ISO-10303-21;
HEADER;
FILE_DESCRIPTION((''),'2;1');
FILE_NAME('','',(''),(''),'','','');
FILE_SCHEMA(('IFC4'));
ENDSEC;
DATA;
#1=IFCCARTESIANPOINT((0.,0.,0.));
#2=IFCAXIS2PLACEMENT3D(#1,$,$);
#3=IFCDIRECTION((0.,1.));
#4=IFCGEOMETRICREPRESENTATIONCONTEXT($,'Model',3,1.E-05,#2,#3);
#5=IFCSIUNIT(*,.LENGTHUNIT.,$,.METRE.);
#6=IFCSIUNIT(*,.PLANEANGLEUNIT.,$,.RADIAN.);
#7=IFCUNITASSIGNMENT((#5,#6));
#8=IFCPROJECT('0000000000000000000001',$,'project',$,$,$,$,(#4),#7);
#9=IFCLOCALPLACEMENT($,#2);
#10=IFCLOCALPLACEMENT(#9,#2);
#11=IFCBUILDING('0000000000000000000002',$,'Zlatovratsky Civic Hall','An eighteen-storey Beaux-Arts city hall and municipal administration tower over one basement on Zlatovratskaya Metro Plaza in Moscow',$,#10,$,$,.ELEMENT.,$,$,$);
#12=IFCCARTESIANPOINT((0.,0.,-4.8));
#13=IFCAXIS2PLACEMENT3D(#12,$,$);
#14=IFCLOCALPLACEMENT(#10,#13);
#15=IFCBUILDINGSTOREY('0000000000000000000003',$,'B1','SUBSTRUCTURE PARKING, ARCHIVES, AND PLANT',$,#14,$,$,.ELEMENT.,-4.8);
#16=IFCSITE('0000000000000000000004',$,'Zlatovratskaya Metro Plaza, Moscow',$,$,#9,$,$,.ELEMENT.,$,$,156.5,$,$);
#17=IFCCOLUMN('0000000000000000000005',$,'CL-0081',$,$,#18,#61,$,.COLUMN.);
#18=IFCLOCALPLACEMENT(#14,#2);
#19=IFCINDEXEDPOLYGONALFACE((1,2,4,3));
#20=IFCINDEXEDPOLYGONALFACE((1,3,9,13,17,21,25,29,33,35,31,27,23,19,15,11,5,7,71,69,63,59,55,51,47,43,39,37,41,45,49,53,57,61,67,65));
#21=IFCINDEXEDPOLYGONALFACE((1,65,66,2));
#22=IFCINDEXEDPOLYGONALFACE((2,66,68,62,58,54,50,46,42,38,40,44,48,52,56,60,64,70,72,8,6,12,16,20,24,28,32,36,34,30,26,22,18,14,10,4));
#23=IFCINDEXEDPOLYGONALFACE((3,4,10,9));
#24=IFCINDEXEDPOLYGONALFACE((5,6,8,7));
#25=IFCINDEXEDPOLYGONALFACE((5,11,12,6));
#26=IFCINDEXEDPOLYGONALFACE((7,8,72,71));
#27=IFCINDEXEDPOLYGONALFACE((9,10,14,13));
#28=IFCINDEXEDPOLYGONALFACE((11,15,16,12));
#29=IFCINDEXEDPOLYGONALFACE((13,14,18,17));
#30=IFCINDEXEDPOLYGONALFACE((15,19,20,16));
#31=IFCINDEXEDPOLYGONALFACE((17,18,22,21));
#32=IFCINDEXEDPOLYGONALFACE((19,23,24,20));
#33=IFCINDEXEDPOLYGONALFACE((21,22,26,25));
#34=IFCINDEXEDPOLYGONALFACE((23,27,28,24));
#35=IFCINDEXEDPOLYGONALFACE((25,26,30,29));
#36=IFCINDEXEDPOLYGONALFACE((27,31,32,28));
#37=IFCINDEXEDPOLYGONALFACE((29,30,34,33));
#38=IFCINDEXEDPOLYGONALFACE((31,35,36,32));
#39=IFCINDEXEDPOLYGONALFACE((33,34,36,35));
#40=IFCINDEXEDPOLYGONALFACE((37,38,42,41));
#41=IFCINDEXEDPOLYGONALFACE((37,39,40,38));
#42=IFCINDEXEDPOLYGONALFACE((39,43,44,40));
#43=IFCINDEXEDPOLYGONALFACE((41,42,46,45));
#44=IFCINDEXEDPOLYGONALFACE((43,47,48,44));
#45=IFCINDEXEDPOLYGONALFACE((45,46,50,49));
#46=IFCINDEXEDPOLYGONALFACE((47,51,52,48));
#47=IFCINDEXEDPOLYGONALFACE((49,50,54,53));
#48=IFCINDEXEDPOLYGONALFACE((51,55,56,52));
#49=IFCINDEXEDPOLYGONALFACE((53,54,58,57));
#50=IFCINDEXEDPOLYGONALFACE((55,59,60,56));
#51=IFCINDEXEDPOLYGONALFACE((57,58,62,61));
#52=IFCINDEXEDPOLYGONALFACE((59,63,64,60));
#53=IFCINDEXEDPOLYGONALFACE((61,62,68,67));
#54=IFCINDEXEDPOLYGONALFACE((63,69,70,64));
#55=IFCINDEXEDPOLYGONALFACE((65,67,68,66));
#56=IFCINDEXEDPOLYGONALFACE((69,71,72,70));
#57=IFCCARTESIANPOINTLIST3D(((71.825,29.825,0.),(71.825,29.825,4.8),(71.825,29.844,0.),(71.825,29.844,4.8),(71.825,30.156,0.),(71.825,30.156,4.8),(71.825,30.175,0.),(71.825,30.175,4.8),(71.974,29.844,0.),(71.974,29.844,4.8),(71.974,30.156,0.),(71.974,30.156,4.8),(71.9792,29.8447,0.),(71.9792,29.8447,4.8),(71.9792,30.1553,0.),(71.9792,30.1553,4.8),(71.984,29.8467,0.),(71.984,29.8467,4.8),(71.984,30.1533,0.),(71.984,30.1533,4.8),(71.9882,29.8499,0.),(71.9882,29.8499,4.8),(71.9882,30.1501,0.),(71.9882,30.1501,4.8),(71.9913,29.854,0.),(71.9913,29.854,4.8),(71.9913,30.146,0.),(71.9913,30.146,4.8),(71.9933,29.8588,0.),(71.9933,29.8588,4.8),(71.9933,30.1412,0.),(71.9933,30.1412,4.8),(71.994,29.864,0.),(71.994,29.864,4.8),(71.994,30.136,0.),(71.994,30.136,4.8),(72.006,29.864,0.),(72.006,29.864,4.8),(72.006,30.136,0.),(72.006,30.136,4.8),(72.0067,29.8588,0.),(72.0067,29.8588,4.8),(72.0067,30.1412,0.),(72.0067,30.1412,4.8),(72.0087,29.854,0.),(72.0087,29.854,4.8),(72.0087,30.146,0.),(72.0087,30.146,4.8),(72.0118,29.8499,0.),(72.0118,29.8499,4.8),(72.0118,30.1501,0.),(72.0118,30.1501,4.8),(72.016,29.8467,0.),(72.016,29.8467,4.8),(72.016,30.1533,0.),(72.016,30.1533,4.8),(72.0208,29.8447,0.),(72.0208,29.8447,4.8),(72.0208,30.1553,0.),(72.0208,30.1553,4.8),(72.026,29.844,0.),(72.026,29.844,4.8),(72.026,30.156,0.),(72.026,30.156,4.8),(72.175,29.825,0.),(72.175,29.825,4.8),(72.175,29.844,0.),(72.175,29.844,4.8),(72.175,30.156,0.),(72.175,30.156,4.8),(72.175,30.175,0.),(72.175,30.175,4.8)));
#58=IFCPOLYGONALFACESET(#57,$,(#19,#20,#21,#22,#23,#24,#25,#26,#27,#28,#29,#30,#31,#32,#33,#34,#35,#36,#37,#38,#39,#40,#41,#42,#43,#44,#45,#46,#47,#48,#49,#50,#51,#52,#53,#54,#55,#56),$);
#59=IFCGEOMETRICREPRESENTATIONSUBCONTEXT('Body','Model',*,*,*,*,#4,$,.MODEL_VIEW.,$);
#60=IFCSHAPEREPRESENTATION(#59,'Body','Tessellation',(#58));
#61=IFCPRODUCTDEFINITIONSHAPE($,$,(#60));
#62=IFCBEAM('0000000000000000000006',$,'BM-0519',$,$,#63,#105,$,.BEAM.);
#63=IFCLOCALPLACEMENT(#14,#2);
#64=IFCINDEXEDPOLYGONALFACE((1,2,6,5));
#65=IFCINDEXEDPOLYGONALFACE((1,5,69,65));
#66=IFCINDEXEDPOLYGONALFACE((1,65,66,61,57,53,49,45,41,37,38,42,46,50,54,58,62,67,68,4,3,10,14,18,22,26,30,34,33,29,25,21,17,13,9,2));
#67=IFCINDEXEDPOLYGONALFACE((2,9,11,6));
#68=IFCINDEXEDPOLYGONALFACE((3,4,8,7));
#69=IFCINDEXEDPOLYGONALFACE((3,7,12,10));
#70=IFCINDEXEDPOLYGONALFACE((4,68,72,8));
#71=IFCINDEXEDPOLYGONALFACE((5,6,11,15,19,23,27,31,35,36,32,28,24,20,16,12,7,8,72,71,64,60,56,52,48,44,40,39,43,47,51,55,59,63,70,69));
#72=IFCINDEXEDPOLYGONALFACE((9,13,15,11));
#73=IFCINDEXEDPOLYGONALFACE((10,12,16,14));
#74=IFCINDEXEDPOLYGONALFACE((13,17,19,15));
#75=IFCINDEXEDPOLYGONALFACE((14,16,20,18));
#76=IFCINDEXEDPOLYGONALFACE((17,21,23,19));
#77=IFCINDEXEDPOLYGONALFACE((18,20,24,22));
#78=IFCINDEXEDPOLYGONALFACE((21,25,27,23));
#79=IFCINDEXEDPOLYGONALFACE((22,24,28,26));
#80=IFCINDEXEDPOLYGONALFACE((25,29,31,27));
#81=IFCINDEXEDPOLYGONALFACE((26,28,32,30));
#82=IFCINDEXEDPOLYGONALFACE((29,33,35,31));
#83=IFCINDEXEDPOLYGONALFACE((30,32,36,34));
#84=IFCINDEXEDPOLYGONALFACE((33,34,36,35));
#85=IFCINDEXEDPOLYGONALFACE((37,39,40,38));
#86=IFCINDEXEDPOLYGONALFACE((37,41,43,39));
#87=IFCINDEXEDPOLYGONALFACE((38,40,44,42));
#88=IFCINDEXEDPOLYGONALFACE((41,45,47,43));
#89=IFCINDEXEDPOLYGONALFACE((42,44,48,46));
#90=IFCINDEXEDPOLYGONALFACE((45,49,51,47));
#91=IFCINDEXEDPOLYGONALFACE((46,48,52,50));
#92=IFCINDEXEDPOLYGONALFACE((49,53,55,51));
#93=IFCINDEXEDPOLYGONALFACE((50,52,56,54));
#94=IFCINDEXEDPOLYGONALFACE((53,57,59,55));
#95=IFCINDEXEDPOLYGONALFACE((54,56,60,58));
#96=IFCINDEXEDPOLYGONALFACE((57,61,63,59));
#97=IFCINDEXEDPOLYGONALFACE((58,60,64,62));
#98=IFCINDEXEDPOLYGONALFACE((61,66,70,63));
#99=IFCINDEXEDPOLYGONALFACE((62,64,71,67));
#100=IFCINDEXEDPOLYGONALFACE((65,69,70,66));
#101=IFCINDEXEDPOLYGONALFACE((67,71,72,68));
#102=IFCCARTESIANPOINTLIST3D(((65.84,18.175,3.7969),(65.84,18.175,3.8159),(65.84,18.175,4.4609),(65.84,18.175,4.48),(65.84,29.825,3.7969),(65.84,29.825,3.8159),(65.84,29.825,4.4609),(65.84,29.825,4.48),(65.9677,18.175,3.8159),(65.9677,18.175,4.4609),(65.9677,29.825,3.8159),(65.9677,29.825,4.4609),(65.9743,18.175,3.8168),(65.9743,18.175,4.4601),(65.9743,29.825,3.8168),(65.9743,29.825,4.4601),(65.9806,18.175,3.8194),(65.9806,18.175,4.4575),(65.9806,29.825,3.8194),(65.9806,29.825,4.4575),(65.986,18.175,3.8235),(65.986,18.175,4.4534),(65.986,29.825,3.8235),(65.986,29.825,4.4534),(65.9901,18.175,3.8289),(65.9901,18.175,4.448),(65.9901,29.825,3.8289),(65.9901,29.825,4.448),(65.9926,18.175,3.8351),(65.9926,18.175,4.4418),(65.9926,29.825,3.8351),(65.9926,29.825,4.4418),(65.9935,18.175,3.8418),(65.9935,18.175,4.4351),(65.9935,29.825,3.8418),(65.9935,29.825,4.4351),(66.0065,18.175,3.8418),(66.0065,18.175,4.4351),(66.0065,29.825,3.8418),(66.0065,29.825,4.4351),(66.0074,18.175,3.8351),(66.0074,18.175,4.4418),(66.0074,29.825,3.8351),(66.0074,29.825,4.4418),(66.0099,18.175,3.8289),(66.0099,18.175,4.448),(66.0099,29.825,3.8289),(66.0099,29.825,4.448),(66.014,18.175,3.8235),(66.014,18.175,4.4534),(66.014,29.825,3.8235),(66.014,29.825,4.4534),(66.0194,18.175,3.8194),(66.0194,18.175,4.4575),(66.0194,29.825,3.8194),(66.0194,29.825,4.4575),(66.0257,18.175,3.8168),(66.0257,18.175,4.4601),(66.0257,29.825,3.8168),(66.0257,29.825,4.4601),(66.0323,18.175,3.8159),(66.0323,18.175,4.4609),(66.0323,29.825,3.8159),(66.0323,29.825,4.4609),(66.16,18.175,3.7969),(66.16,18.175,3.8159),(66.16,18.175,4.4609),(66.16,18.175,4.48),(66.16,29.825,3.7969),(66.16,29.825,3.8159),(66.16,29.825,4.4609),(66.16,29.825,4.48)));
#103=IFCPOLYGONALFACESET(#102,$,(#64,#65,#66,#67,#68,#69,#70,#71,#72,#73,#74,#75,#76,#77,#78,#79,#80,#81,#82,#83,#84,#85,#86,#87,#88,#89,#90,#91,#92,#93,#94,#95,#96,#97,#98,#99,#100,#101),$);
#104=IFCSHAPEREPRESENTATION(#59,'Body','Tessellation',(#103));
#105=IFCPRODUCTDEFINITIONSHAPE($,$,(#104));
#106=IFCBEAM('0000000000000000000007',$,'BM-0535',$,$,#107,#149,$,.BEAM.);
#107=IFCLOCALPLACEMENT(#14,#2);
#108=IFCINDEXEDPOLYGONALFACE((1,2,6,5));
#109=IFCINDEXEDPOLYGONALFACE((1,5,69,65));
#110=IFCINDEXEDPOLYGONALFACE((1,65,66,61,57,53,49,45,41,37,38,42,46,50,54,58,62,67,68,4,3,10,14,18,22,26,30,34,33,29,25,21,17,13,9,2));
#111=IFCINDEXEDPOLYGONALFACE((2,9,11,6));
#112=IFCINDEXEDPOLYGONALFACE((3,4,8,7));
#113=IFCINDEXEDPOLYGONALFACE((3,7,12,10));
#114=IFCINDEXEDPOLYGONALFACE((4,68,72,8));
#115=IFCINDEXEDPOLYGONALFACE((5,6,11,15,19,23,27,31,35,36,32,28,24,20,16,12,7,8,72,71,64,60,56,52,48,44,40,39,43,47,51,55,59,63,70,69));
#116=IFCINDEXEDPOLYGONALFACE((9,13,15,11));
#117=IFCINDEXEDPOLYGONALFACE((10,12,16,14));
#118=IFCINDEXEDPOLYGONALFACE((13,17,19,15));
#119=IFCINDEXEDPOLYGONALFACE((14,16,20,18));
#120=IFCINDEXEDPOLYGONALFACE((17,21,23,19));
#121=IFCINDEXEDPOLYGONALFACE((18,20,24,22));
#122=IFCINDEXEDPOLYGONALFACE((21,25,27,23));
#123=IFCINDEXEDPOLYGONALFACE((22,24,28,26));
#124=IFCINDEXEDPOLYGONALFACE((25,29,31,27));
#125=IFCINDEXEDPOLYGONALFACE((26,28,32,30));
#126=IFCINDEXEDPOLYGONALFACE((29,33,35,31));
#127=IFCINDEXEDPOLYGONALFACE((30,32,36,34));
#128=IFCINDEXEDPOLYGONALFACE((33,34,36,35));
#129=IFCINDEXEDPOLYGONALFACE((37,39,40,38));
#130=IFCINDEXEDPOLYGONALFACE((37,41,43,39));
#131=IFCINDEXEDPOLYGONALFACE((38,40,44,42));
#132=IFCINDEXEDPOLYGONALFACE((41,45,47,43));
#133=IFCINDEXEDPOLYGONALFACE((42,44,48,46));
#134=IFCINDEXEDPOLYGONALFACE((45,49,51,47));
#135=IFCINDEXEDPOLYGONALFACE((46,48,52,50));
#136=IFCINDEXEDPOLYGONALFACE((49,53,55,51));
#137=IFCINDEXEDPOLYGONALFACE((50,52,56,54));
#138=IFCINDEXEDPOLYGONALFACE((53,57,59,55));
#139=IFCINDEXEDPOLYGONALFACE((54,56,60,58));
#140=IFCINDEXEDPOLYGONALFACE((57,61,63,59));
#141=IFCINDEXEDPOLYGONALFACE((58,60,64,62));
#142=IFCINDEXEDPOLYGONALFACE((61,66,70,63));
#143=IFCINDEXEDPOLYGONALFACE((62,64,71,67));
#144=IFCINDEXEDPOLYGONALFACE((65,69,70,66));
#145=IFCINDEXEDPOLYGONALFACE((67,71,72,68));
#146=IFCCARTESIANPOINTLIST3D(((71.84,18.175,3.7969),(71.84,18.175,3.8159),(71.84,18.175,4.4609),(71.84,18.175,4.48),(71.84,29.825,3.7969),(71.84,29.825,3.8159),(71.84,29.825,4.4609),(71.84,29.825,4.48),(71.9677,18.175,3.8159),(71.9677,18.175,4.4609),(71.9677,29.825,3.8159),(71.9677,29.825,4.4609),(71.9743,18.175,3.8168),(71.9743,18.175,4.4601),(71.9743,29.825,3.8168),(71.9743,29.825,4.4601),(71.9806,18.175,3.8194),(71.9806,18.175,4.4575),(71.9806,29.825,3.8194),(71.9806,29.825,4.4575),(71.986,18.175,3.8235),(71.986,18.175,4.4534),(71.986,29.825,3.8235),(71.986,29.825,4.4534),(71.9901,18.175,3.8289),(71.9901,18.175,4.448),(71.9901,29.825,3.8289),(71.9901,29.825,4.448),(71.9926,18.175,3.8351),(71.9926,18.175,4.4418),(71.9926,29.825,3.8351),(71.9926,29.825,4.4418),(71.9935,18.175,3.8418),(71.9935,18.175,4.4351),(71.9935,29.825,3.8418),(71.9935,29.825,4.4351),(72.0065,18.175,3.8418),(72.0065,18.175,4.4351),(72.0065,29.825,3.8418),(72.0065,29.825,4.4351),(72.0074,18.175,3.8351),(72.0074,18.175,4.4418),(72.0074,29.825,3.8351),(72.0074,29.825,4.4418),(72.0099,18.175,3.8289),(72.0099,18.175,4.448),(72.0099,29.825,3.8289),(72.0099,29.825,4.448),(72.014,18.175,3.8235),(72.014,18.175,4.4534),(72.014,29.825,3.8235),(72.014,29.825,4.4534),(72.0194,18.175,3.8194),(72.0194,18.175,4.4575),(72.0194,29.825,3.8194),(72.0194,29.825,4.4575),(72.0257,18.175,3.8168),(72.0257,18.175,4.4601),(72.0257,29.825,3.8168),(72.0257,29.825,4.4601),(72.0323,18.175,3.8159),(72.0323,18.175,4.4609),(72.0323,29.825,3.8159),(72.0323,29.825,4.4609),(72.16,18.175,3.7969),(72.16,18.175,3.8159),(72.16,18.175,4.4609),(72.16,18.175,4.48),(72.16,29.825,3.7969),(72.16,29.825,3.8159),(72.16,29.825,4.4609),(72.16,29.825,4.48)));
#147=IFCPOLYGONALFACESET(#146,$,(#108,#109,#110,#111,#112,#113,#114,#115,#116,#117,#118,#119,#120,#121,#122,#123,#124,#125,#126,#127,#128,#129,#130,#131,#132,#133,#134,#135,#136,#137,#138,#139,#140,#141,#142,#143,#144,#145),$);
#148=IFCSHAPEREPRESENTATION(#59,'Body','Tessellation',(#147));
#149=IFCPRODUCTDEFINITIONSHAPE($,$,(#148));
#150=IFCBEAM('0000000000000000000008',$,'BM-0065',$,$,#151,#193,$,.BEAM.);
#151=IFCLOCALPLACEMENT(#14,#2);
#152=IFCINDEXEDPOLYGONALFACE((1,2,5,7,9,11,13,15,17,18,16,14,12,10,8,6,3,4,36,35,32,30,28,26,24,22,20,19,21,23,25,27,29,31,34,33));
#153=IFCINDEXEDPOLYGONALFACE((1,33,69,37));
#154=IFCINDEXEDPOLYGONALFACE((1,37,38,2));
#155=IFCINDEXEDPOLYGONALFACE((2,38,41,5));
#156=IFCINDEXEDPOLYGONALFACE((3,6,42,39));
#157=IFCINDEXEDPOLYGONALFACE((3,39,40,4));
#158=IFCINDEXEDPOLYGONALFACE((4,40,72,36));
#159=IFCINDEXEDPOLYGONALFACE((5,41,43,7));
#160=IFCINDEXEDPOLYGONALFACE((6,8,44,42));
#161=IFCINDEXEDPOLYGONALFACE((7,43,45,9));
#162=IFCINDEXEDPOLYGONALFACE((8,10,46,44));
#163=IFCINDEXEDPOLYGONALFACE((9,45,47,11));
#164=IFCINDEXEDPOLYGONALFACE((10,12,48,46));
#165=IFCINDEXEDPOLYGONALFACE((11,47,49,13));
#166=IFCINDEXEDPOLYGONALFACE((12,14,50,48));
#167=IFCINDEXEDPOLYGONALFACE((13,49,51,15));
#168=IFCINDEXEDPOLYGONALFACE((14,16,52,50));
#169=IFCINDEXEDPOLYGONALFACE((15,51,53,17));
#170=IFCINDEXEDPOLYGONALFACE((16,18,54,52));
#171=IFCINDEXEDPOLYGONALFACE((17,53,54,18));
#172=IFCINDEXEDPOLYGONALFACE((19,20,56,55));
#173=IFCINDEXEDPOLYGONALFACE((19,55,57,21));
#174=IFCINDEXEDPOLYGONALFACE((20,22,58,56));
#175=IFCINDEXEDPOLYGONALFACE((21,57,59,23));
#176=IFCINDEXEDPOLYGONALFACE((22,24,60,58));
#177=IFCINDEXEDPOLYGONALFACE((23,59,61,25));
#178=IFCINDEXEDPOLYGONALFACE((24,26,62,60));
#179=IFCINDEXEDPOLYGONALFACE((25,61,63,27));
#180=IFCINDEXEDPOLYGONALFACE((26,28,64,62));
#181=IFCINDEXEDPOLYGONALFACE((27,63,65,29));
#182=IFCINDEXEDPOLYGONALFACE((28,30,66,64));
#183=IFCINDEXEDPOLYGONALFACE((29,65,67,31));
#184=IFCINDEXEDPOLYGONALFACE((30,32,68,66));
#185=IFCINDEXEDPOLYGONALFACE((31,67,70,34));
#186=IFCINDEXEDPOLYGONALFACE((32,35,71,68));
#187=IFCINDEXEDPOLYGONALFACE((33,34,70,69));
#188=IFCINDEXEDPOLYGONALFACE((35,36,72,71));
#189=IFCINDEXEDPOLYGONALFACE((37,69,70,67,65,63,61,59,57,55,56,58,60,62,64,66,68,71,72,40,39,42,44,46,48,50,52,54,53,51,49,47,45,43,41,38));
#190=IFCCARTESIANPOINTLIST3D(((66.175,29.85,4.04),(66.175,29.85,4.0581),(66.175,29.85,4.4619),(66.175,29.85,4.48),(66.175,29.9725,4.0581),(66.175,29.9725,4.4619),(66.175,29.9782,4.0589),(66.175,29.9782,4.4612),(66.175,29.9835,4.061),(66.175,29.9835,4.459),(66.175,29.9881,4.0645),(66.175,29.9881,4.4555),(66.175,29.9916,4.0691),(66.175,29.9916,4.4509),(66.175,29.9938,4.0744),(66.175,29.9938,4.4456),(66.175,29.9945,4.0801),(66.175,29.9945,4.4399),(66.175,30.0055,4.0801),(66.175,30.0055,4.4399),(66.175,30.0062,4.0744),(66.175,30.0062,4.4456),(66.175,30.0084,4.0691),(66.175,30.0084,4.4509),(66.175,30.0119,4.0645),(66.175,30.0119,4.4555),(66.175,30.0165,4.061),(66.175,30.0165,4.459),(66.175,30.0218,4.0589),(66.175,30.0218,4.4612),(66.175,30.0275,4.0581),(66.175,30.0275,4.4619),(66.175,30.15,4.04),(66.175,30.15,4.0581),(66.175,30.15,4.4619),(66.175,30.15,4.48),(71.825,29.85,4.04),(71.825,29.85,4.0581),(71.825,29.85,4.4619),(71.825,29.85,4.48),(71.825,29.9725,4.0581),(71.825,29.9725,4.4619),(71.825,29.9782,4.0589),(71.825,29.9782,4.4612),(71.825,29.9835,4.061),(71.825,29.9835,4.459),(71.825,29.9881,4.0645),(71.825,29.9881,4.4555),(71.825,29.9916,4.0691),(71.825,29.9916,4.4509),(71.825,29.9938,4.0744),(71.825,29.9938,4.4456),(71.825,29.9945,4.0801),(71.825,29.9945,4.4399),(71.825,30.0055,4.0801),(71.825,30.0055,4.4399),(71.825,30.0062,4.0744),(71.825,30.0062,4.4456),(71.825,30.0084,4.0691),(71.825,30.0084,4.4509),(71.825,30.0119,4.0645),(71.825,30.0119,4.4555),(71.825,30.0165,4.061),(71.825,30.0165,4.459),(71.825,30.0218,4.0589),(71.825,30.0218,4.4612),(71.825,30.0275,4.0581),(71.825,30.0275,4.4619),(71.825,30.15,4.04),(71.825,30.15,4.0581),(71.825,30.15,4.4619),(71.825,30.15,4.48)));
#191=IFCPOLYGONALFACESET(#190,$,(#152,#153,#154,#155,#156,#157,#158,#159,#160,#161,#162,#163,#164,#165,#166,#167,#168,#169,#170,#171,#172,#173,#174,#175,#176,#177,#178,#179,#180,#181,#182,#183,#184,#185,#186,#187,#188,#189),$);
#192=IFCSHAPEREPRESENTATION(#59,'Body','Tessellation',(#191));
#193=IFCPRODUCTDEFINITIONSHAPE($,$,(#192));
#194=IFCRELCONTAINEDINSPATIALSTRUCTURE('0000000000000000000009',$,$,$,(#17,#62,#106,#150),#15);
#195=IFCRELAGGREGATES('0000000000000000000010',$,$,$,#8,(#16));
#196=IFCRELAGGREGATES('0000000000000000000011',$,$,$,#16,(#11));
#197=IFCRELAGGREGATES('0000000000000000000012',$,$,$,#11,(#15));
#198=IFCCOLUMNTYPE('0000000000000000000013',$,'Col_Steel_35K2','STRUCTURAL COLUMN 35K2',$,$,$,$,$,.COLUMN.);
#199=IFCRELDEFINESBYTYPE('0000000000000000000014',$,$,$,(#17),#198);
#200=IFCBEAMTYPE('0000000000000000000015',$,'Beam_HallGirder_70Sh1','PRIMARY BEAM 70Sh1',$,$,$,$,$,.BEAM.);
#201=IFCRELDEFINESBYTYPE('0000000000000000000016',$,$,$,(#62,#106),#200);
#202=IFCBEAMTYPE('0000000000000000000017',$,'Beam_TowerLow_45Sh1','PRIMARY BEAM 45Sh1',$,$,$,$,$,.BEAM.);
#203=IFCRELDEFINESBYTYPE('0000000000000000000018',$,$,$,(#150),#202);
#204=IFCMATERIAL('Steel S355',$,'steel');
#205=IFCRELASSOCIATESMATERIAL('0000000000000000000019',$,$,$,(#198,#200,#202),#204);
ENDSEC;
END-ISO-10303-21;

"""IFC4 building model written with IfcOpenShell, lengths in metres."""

from ifc_helpers import new_model, si_unit, direction, frame, origin, origin_2d, place, context, subcontext, project, spatial, i_section, extrude, material, material_profile, profile_set, type_object, element, save


model = new_model("IFC4")

# Units and contexts
model_context = context("Model", 3, precision=1e-05, world=origin(), true_north=direction((0.0, 1.0)))
body_context = subcontext(model_context, "Body", "Model", "MODEL_VIEW")
ifc_project = project(units=[si_unit("LENGTHUNIT", "METRE"), si_unit("PLANEANGLEUNIT", "RADIAN")], contexts=[model_context])

# Site, building, storey
site_placement = place(None, origin())
site = spatial("IfcSite", under=ifc_project, at=site_placement, Name="Zlatovratskaya Metro Plaza, Moscow", CompositionType="ELEMENT", RefElevation=156.5)
building_placement = place(site_placement, origin())
building = spatial("IfcBuilding", under=site, at=building_placement, Name="Zlatovratsky Civic Hall", Description="An eighteen-storey Beaux-Arts city hall and municipal administration tower over one basement on Zlatovratskaya Metro Plaza in Moscow", CompositionType="ELEMENT")
storey_placement = place(building_placement, frame((0.0, 0.0, -4.8)))
storey = spatial("IfcBuildingStorey", under=building, at=storey_placement, Name="B1", Description="SUBSTRUCTURE PARKING, ARCHIVES, AND PLANT", CompositionType="ELEMENT", Elevation=-4.8)

# Column
ifc_material_1 = material(Name="Steel S355", Category="steel")
ifc_material_profile_1 = material_profile(ifc_material_1, i_section(OverallWidth=0.3501, OverallDepth=0.3501, WebThickness=0.012, FlangeThickness=0.019, FilletRadius=0.02, at=origin_2d()), Name="35K2")
ifc_profile_set_1 = profile_set([ifc_material_profile_1], Name="Steel S355")
column_type = type_object("IfcColumnType", Name="Col_Steel_35K2", Description="STRUCTURAL COLUMN 35K2", PredefinedType="COLUMN", material=ifc_profile_set_1)
for number, where, z_axis, x_axis, name in (
    (1, (72.0, 30.0, 0.0), (0.0, 0.0, 1.0), (1.0, 0.0, 0.0), "CL-0081"),
):
    element("IfcColumn", number, at=place(storey_placement, frame(where, z_axis=z_axis, x_axis=x_axis)), inside=storey, type_object=column_type, Name=name, PredefinedType="COLUMN", context=body_context, shape_type="SweptSolid", body=[
        extrude(i_section(OverallWidth=0.3501, OverallDepth=0.3501, WebThickness=0.012, FlangeThickness=0.019, FilletRadius=0.02, at=origin_2d()), origin(), (0.0, 0.0, 1.0), 4.8),
    ])

# Beams
ifc_material_profile_2 = material_profile(ifc_material_1, i_section(OverallWidth=0.3201, OverallDepth=0.6831, WebThickness=0.0129, FlangeThickness=0.019, FilletRadius=0.0259, at=origin_2d()), Name="70Sh1")
ifc_profile_set_2 = profile_set([ifc_material_profile_2], Name="Steel S355")
beam_type_1 = type_object("IfcBeamType", Name="Beam_HallGirder_70Sh1", Description="PRIMARY BEAM 70Sh1", PredefinedType="BEAM", material=ifc_profile_set_2)
for number, where, z_axis, x_axis, name in (
    (2, (66.0, 18.175, 4.1384), (0.0, 1.0, 0.0), (-1.0, 0.0, 0.0), "BM-0519"),
    (3, (72.0, 18.175, 4.1384), (0.0, 1.0, 0.0), (-1.0, 0.0, 0.0), "BM-0535"),
):
    element("IfcBeam", number, at=place(storey_placement, frame(where, z_axis=z_axis, x_axis=x_axis)), inside=storey, type_object=beam_type_1, Name=name, PredefinedType="BEAM", context=body_context, shape_type="SweptSolid", body=[
        extrude(i_section(OverallWidth=0.3201, OverallDepth=0.6831, WebThickness=0.0129, FlangeThickness=0.019, FilletRadius=0.0259, at=origin_2d()), origin(), (0.0, 0.0, 1.0), 11.6499),
    ])
ifc_material_profile_3 = material_profile(ifc_material_1, i_section(OverallWidth=0.3, OverallDepth=0.4399, WebThickness=0.011, FlangeThickness=0.0181, FilletRadius=0.022, at=origin_2d()), Name="45Sh1")
ifc_profile_set_3 = profile_set([ifc_material_profile_3], Name="Steel S355")
beam_type_2 = type_object("IfcBeamType", Name="Beam_TowerLow_45Sh1", Description="PRIMARY BEAM 45Sh1", PredefinedType="BEAM", material=ifc_profile_set_3)
for number, where, z_axis, x_axis, name in (
    (4, (66.175, 30.0, 4.26), (1.0, 0.0, 0.0), (0.0, 1.0, 0.0), "BM-0065"),
):
    element("IfcBeam", number, at=place(storey_placement, frame(where, z_axis=z_axis, x_axis=x_axis)), inside=storey, type_object=beam_type_2, Name=name, PredefinedType="BEAM", context=body_context, shape_type="SweptSolid", body=[
        extrude(i_section(OverallWidth=0.3, OverallDepth=0.4399, WebThickness=0.011, FlangeThickness=0.0181, FilletRadius=0.022, at=origin_2d()), origin(), (0.0, 0.0, 1.0), 5.6499),
    ])

save(model, "model.ifc")
